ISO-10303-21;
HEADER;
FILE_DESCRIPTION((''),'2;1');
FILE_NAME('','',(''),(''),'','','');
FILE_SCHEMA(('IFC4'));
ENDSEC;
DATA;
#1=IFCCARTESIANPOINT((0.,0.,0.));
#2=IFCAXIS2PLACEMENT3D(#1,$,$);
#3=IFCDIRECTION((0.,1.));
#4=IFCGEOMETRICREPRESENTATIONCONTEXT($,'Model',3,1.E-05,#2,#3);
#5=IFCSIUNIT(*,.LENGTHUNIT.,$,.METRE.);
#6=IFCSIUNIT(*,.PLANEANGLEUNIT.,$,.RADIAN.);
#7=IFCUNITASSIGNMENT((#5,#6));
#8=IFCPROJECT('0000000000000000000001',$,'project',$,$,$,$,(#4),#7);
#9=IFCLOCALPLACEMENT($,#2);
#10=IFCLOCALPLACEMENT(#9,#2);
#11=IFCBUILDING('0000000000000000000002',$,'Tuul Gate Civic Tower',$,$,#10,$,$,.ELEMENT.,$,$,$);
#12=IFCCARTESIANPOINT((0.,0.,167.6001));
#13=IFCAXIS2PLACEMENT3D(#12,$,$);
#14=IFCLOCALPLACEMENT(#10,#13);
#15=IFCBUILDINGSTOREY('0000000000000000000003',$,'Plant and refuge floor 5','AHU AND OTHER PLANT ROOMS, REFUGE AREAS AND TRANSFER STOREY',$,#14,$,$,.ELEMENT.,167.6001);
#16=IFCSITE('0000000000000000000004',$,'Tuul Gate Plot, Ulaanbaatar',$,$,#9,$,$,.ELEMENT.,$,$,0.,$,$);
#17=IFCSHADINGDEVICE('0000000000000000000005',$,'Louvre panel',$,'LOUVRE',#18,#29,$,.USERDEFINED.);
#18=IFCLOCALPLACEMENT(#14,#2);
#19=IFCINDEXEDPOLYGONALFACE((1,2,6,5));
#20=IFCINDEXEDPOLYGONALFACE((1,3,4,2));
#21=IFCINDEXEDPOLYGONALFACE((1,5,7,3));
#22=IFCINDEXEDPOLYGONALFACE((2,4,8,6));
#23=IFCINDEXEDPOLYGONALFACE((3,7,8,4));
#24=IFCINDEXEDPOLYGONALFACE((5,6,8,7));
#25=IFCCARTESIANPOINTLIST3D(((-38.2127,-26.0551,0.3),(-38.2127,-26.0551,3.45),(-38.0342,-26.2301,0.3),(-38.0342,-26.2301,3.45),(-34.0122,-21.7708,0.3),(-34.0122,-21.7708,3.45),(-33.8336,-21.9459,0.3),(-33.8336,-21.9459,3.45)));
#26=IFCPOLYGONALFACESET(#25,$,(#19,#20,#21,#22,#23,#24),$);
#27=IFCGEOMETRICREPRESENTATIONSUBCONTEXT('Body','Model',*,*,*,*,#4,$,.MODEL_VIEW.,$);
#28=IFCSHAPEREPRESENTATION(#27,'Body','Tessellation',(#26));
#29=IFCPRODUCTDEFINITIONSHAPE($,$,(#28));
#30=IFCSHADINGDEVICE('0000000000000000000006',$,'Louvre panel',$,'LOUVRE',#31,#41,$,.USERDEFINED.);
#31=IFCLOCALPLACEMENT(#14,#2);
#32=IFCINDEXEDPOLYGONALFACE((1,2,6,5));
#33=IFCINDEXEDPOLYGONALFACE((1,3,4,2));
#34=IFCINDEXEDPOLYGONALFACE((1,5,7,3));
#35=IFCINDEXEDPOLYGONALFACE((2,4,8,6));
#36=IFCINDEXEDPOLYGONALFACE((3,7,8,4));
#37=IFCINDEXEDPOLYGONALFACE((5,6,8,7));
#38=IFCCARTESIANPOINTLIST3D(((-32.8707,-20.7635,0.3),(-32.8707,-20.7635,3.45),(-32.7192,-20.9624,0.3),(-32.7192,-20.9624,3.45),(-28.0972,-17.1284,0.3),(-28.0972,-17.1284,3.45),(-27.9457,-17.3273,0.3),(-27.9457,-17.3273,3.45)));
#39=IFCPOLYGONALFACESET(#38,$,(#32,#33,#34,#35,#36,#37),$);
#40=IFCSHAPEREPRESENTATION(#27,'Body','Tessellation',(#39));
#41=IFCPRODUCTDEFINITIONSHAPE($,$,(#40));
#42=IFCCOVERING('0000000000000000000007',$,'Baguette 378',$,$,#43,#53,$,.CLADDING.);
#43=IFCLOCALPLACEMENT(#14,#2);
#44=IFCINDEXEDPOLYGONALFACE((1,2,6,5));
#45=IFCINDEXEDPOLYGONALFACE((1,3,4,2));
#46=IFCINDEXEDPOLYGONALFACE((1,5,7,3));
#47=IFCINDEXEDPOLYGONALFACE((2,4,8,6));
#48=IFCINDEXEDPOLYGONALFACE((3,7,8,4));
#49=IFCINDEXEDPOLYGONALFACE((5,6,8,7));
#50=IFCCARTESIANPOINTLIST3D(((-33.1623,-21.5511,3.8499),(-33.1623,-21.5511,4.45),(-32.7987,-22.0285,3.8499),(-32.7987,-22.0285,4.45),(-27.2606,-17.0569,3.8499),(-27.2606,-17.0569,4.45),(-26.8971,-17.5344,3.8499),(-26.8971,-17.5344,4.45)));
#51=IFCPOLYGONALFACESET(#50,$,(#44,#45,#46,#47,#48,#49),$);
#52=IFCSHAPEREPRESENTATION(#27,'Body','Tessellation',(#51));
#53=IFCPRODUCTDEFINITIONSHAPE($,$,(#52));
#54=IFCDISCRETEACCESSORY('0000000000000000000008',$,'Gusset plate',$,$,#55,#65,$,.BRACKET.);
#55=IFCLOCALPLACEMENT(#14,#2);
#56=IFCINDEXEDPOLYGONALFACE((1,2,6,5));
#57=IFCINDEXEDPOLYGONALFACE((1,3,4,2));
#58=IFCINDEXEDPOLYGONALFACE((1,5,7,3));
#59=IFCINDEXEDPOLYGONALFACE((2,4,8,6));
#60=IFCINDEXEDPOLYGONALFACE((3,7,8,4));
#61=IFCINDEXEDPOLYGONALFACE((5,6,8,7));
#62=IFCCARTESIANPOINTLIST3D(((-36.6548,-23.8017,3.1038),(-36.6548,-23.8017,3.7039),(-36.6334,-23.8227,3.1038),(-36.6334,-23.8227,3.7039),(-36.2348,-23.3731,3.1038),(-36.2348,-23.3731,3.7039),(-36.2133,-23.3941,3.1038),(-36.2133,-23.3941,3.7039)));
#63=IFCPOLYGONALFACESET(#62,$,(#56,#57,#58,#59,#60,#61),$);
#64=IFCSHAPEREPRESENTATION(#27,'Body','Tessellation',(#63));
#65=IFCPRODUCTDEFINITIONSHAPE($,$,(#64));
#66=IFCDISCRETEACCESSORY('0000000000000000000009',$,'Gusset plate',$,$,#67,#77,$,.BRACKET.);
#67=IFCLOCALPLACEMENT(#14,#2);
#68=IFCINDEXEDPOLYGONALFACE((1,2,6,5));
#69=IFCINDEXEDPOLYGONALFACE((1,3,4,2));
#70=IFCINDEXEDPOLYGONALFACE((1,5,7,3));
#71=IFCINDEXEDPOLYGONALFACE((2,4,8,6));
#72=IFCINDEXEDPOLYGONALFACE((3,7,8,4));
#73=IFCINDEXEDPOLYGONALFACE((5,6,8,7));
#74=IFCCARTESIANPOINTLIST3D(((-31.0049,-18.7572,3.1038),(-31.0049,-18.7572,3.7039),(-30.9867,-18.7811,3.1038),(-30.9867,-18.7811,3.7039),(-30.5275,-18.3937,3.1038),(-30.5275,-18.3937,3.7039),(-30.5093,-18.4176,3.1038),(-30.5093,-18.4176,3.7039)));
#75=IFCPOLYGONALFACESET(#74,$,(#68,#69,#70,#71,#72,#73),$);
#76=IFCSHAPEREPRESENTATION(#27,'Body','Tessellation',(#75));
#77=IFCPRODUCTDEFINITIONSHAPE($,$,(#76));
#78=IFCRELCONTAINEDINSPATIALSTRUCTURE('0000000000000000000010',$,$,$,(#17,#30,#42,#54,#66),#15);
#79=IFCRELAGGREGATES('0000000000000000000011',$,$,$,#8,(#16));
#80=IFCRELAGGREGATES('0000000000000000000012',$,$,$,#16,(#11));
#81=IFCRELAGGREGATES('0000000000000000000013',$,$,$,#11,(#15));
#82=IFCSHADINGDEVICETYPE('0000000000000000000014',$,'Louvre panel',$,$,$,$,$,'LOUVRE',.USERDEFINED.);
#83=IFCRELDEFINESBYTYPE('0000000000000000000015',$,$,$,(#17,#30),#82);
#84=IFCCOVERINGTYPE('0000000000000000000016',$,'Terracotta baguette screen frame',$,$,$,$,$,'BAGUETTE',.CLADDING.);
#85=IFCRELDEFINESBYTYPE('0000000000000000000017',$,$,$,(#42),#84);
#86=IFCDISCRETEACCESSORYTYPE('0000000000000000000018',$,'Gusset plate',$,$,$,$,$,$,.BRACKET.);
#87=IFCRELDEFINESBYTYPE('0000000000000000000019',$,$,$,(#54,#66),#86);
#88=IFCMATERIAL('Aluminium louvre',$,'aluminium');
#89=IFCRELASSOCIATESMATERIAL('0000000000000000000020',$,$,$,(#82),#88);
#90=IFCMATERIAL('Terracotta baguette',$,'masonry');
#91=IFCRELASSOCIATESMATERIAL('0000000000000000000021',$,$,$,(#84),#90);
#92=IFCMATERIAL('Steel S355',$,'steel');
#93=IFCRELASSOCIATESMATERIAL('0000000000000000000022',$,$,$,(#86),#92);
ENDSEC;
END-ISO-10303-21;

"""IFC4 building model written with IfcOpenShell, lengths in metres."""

from ifc_helpers import new_model, si_unit, direction, frame, origin, origin_2d, place, context, subcontext, project, spatial, rectangle, extrude, material, material_profile, profile_set, type_object, element, save


model = new_model("IFC4")

# Units and contexts
model_context = context("Model", 3, precision=1e-05, world=origin(), true_north=direction((0.0, 1.0)))
body_context = subcontext(model_context, "Body", "Model", "MODEL_VIEW")
ifc_project = project(units=[si_unit("LENGTHUNIT", "METRE"), si_unit("PLANEANGLEUNIT", "RADIAN")], contexts=[model_context])

# Site, building, storey
site_placement = place(None, origin())
site = spatial("IfcSite", under=ifc_project, at=site_placement, Name="Tuul Gate Plot, Ulaanbaatar", CompositionType="ELEMENT", RefElevation=0.0)
building_placement = place(site_placement, origin())
building = spatial("IfcBuilding", under=site, at=building_placement, Name="Tuul Gate Civic Tower", CompositionType="ELEMENT")
storey_placement = place(building_placement, frame((0.0, 0.0, 167.6001)))
storey = spatial("IfcBuildingStorey", under=building, at=storey_placement, Name="Plant and refuge floor 5", Description="AHU AND OTHER PLANT ROOMS, REFUGE AREAS AND TRANSFER STOREY", CompositionType="ELEMENT", Elevation=167.6001)

# Shading devices
ifc_material_1 = material(Name="Aluminium louvre", Category="aluminium")
shading_device_type = type_object("IfcShadingDeviceType", Name="Louvre panel", ElementType="LOUVRE", PredefinedType="USERDEFINED", material=ifc_material_1)
for number, where, z_axis, x_axis, name in (
    (1, (-36.0232, -24.0005, 0.3), (0.0, 0.0, 1.0), (0.714048, -0.700097, 0.0), "Louvre panel"),
    (2, (-30.4082, -19.0454, 0.3), (0.0, 0.0, 1.0), (0.605851, -0.795578, 0.0), "Louvre panel"),
):
    element("IfcShadingDevice", number, at=place(storey_placement, frame(where, z_axis=z_axis, x_axis=x_axis)), inside=storey, type_object=shading_device_type, Name=name, ObjectType="LOUVRE", PredefinedType="USERDEFINED", context=body_context, shape_type="SweptSolid", body=[
        extrude(rectangle(XDim=0.25, YDim=6.0, at=origin_2d()), origin(), (0.0, 0.0, 1.0), 3.1499),
    ])

# Covering
ifc_material_2 = material(Name="Terracotta baguette", Category="masonry")
ifc_material_profile_1 = material_profile(ifc_material_2, rectangle(XDim=0.6001, YDim=0.6001, at=origin_2d()), Name="Terracotta baguette screen frame")
ifc_profile_set_1 = profile_set([ifc_material_profile_1], Name="Terracotta baguette")
covering_type = type_object("IfcCoveringType", Name="Terracotta baguette screen frame", ElementType="BAGUETTE", PredefinedType="CLADDING", material=ifc_profile_set_1)
covering_placement = place(storey_placement, frame((-32.9805, -21.7898, 4.1499), z_axis=(0.795583, 0.605845, 0.0), x_axis=(-0.605845, 0.795583, 0.0)))
element("IfcCovering", 3, at=covering_placement, inside=storey, type_object=covering_type, Name="Baguette 378", PredefinedType="CLADDING", context=body_context, shape_type="SweptSolid", body=[
    extrude(rectangle(XDim=0.6001, YDim=0.6001, at=origin_2d()), origin(), (0.0, 0.0, 1.0), 7.418),
])

# Discrete accessories
ifc_material_3 = material(Name="Steel S355", Category="steel")
discrete_accessory_type = type_object("IfcDiscreteAccessoryType", Name="Gusset plate", PredefinedType="BRACKET", material=ifc_material_3)
for number, where, z_axis, x_axis, name in (
    (4, (-36.4341, -23.5979, 3.1038), (0.0, 0.0, 1.0), (-0.699958, -0.714184, 0.0), "Gusset plate"),
    (5, (-30.7571, -18.5874, 3.1038), (0.0, 0.0, 1.0), (-0.795616, -0.605801, 0.0), "Gusset plate"),
):
    element("IfcDiscreteAccessory", number, at=place(storey_placement, frame(where, z_axis=z_axis, x_axis=x_axis)), inside=storey, type_object=discrete_accessory_type, Name=name, PredefinedType="BRACKET", context=body_context, shape_type="SweptSolid", body=[
        extrude(rectangle(XDim=0.6001, YDim=0.03, at=origin_2d()), origin(), (0.0, 0.0, 1.0), 0.6001),
    ])

save(model, "model.ifc")
